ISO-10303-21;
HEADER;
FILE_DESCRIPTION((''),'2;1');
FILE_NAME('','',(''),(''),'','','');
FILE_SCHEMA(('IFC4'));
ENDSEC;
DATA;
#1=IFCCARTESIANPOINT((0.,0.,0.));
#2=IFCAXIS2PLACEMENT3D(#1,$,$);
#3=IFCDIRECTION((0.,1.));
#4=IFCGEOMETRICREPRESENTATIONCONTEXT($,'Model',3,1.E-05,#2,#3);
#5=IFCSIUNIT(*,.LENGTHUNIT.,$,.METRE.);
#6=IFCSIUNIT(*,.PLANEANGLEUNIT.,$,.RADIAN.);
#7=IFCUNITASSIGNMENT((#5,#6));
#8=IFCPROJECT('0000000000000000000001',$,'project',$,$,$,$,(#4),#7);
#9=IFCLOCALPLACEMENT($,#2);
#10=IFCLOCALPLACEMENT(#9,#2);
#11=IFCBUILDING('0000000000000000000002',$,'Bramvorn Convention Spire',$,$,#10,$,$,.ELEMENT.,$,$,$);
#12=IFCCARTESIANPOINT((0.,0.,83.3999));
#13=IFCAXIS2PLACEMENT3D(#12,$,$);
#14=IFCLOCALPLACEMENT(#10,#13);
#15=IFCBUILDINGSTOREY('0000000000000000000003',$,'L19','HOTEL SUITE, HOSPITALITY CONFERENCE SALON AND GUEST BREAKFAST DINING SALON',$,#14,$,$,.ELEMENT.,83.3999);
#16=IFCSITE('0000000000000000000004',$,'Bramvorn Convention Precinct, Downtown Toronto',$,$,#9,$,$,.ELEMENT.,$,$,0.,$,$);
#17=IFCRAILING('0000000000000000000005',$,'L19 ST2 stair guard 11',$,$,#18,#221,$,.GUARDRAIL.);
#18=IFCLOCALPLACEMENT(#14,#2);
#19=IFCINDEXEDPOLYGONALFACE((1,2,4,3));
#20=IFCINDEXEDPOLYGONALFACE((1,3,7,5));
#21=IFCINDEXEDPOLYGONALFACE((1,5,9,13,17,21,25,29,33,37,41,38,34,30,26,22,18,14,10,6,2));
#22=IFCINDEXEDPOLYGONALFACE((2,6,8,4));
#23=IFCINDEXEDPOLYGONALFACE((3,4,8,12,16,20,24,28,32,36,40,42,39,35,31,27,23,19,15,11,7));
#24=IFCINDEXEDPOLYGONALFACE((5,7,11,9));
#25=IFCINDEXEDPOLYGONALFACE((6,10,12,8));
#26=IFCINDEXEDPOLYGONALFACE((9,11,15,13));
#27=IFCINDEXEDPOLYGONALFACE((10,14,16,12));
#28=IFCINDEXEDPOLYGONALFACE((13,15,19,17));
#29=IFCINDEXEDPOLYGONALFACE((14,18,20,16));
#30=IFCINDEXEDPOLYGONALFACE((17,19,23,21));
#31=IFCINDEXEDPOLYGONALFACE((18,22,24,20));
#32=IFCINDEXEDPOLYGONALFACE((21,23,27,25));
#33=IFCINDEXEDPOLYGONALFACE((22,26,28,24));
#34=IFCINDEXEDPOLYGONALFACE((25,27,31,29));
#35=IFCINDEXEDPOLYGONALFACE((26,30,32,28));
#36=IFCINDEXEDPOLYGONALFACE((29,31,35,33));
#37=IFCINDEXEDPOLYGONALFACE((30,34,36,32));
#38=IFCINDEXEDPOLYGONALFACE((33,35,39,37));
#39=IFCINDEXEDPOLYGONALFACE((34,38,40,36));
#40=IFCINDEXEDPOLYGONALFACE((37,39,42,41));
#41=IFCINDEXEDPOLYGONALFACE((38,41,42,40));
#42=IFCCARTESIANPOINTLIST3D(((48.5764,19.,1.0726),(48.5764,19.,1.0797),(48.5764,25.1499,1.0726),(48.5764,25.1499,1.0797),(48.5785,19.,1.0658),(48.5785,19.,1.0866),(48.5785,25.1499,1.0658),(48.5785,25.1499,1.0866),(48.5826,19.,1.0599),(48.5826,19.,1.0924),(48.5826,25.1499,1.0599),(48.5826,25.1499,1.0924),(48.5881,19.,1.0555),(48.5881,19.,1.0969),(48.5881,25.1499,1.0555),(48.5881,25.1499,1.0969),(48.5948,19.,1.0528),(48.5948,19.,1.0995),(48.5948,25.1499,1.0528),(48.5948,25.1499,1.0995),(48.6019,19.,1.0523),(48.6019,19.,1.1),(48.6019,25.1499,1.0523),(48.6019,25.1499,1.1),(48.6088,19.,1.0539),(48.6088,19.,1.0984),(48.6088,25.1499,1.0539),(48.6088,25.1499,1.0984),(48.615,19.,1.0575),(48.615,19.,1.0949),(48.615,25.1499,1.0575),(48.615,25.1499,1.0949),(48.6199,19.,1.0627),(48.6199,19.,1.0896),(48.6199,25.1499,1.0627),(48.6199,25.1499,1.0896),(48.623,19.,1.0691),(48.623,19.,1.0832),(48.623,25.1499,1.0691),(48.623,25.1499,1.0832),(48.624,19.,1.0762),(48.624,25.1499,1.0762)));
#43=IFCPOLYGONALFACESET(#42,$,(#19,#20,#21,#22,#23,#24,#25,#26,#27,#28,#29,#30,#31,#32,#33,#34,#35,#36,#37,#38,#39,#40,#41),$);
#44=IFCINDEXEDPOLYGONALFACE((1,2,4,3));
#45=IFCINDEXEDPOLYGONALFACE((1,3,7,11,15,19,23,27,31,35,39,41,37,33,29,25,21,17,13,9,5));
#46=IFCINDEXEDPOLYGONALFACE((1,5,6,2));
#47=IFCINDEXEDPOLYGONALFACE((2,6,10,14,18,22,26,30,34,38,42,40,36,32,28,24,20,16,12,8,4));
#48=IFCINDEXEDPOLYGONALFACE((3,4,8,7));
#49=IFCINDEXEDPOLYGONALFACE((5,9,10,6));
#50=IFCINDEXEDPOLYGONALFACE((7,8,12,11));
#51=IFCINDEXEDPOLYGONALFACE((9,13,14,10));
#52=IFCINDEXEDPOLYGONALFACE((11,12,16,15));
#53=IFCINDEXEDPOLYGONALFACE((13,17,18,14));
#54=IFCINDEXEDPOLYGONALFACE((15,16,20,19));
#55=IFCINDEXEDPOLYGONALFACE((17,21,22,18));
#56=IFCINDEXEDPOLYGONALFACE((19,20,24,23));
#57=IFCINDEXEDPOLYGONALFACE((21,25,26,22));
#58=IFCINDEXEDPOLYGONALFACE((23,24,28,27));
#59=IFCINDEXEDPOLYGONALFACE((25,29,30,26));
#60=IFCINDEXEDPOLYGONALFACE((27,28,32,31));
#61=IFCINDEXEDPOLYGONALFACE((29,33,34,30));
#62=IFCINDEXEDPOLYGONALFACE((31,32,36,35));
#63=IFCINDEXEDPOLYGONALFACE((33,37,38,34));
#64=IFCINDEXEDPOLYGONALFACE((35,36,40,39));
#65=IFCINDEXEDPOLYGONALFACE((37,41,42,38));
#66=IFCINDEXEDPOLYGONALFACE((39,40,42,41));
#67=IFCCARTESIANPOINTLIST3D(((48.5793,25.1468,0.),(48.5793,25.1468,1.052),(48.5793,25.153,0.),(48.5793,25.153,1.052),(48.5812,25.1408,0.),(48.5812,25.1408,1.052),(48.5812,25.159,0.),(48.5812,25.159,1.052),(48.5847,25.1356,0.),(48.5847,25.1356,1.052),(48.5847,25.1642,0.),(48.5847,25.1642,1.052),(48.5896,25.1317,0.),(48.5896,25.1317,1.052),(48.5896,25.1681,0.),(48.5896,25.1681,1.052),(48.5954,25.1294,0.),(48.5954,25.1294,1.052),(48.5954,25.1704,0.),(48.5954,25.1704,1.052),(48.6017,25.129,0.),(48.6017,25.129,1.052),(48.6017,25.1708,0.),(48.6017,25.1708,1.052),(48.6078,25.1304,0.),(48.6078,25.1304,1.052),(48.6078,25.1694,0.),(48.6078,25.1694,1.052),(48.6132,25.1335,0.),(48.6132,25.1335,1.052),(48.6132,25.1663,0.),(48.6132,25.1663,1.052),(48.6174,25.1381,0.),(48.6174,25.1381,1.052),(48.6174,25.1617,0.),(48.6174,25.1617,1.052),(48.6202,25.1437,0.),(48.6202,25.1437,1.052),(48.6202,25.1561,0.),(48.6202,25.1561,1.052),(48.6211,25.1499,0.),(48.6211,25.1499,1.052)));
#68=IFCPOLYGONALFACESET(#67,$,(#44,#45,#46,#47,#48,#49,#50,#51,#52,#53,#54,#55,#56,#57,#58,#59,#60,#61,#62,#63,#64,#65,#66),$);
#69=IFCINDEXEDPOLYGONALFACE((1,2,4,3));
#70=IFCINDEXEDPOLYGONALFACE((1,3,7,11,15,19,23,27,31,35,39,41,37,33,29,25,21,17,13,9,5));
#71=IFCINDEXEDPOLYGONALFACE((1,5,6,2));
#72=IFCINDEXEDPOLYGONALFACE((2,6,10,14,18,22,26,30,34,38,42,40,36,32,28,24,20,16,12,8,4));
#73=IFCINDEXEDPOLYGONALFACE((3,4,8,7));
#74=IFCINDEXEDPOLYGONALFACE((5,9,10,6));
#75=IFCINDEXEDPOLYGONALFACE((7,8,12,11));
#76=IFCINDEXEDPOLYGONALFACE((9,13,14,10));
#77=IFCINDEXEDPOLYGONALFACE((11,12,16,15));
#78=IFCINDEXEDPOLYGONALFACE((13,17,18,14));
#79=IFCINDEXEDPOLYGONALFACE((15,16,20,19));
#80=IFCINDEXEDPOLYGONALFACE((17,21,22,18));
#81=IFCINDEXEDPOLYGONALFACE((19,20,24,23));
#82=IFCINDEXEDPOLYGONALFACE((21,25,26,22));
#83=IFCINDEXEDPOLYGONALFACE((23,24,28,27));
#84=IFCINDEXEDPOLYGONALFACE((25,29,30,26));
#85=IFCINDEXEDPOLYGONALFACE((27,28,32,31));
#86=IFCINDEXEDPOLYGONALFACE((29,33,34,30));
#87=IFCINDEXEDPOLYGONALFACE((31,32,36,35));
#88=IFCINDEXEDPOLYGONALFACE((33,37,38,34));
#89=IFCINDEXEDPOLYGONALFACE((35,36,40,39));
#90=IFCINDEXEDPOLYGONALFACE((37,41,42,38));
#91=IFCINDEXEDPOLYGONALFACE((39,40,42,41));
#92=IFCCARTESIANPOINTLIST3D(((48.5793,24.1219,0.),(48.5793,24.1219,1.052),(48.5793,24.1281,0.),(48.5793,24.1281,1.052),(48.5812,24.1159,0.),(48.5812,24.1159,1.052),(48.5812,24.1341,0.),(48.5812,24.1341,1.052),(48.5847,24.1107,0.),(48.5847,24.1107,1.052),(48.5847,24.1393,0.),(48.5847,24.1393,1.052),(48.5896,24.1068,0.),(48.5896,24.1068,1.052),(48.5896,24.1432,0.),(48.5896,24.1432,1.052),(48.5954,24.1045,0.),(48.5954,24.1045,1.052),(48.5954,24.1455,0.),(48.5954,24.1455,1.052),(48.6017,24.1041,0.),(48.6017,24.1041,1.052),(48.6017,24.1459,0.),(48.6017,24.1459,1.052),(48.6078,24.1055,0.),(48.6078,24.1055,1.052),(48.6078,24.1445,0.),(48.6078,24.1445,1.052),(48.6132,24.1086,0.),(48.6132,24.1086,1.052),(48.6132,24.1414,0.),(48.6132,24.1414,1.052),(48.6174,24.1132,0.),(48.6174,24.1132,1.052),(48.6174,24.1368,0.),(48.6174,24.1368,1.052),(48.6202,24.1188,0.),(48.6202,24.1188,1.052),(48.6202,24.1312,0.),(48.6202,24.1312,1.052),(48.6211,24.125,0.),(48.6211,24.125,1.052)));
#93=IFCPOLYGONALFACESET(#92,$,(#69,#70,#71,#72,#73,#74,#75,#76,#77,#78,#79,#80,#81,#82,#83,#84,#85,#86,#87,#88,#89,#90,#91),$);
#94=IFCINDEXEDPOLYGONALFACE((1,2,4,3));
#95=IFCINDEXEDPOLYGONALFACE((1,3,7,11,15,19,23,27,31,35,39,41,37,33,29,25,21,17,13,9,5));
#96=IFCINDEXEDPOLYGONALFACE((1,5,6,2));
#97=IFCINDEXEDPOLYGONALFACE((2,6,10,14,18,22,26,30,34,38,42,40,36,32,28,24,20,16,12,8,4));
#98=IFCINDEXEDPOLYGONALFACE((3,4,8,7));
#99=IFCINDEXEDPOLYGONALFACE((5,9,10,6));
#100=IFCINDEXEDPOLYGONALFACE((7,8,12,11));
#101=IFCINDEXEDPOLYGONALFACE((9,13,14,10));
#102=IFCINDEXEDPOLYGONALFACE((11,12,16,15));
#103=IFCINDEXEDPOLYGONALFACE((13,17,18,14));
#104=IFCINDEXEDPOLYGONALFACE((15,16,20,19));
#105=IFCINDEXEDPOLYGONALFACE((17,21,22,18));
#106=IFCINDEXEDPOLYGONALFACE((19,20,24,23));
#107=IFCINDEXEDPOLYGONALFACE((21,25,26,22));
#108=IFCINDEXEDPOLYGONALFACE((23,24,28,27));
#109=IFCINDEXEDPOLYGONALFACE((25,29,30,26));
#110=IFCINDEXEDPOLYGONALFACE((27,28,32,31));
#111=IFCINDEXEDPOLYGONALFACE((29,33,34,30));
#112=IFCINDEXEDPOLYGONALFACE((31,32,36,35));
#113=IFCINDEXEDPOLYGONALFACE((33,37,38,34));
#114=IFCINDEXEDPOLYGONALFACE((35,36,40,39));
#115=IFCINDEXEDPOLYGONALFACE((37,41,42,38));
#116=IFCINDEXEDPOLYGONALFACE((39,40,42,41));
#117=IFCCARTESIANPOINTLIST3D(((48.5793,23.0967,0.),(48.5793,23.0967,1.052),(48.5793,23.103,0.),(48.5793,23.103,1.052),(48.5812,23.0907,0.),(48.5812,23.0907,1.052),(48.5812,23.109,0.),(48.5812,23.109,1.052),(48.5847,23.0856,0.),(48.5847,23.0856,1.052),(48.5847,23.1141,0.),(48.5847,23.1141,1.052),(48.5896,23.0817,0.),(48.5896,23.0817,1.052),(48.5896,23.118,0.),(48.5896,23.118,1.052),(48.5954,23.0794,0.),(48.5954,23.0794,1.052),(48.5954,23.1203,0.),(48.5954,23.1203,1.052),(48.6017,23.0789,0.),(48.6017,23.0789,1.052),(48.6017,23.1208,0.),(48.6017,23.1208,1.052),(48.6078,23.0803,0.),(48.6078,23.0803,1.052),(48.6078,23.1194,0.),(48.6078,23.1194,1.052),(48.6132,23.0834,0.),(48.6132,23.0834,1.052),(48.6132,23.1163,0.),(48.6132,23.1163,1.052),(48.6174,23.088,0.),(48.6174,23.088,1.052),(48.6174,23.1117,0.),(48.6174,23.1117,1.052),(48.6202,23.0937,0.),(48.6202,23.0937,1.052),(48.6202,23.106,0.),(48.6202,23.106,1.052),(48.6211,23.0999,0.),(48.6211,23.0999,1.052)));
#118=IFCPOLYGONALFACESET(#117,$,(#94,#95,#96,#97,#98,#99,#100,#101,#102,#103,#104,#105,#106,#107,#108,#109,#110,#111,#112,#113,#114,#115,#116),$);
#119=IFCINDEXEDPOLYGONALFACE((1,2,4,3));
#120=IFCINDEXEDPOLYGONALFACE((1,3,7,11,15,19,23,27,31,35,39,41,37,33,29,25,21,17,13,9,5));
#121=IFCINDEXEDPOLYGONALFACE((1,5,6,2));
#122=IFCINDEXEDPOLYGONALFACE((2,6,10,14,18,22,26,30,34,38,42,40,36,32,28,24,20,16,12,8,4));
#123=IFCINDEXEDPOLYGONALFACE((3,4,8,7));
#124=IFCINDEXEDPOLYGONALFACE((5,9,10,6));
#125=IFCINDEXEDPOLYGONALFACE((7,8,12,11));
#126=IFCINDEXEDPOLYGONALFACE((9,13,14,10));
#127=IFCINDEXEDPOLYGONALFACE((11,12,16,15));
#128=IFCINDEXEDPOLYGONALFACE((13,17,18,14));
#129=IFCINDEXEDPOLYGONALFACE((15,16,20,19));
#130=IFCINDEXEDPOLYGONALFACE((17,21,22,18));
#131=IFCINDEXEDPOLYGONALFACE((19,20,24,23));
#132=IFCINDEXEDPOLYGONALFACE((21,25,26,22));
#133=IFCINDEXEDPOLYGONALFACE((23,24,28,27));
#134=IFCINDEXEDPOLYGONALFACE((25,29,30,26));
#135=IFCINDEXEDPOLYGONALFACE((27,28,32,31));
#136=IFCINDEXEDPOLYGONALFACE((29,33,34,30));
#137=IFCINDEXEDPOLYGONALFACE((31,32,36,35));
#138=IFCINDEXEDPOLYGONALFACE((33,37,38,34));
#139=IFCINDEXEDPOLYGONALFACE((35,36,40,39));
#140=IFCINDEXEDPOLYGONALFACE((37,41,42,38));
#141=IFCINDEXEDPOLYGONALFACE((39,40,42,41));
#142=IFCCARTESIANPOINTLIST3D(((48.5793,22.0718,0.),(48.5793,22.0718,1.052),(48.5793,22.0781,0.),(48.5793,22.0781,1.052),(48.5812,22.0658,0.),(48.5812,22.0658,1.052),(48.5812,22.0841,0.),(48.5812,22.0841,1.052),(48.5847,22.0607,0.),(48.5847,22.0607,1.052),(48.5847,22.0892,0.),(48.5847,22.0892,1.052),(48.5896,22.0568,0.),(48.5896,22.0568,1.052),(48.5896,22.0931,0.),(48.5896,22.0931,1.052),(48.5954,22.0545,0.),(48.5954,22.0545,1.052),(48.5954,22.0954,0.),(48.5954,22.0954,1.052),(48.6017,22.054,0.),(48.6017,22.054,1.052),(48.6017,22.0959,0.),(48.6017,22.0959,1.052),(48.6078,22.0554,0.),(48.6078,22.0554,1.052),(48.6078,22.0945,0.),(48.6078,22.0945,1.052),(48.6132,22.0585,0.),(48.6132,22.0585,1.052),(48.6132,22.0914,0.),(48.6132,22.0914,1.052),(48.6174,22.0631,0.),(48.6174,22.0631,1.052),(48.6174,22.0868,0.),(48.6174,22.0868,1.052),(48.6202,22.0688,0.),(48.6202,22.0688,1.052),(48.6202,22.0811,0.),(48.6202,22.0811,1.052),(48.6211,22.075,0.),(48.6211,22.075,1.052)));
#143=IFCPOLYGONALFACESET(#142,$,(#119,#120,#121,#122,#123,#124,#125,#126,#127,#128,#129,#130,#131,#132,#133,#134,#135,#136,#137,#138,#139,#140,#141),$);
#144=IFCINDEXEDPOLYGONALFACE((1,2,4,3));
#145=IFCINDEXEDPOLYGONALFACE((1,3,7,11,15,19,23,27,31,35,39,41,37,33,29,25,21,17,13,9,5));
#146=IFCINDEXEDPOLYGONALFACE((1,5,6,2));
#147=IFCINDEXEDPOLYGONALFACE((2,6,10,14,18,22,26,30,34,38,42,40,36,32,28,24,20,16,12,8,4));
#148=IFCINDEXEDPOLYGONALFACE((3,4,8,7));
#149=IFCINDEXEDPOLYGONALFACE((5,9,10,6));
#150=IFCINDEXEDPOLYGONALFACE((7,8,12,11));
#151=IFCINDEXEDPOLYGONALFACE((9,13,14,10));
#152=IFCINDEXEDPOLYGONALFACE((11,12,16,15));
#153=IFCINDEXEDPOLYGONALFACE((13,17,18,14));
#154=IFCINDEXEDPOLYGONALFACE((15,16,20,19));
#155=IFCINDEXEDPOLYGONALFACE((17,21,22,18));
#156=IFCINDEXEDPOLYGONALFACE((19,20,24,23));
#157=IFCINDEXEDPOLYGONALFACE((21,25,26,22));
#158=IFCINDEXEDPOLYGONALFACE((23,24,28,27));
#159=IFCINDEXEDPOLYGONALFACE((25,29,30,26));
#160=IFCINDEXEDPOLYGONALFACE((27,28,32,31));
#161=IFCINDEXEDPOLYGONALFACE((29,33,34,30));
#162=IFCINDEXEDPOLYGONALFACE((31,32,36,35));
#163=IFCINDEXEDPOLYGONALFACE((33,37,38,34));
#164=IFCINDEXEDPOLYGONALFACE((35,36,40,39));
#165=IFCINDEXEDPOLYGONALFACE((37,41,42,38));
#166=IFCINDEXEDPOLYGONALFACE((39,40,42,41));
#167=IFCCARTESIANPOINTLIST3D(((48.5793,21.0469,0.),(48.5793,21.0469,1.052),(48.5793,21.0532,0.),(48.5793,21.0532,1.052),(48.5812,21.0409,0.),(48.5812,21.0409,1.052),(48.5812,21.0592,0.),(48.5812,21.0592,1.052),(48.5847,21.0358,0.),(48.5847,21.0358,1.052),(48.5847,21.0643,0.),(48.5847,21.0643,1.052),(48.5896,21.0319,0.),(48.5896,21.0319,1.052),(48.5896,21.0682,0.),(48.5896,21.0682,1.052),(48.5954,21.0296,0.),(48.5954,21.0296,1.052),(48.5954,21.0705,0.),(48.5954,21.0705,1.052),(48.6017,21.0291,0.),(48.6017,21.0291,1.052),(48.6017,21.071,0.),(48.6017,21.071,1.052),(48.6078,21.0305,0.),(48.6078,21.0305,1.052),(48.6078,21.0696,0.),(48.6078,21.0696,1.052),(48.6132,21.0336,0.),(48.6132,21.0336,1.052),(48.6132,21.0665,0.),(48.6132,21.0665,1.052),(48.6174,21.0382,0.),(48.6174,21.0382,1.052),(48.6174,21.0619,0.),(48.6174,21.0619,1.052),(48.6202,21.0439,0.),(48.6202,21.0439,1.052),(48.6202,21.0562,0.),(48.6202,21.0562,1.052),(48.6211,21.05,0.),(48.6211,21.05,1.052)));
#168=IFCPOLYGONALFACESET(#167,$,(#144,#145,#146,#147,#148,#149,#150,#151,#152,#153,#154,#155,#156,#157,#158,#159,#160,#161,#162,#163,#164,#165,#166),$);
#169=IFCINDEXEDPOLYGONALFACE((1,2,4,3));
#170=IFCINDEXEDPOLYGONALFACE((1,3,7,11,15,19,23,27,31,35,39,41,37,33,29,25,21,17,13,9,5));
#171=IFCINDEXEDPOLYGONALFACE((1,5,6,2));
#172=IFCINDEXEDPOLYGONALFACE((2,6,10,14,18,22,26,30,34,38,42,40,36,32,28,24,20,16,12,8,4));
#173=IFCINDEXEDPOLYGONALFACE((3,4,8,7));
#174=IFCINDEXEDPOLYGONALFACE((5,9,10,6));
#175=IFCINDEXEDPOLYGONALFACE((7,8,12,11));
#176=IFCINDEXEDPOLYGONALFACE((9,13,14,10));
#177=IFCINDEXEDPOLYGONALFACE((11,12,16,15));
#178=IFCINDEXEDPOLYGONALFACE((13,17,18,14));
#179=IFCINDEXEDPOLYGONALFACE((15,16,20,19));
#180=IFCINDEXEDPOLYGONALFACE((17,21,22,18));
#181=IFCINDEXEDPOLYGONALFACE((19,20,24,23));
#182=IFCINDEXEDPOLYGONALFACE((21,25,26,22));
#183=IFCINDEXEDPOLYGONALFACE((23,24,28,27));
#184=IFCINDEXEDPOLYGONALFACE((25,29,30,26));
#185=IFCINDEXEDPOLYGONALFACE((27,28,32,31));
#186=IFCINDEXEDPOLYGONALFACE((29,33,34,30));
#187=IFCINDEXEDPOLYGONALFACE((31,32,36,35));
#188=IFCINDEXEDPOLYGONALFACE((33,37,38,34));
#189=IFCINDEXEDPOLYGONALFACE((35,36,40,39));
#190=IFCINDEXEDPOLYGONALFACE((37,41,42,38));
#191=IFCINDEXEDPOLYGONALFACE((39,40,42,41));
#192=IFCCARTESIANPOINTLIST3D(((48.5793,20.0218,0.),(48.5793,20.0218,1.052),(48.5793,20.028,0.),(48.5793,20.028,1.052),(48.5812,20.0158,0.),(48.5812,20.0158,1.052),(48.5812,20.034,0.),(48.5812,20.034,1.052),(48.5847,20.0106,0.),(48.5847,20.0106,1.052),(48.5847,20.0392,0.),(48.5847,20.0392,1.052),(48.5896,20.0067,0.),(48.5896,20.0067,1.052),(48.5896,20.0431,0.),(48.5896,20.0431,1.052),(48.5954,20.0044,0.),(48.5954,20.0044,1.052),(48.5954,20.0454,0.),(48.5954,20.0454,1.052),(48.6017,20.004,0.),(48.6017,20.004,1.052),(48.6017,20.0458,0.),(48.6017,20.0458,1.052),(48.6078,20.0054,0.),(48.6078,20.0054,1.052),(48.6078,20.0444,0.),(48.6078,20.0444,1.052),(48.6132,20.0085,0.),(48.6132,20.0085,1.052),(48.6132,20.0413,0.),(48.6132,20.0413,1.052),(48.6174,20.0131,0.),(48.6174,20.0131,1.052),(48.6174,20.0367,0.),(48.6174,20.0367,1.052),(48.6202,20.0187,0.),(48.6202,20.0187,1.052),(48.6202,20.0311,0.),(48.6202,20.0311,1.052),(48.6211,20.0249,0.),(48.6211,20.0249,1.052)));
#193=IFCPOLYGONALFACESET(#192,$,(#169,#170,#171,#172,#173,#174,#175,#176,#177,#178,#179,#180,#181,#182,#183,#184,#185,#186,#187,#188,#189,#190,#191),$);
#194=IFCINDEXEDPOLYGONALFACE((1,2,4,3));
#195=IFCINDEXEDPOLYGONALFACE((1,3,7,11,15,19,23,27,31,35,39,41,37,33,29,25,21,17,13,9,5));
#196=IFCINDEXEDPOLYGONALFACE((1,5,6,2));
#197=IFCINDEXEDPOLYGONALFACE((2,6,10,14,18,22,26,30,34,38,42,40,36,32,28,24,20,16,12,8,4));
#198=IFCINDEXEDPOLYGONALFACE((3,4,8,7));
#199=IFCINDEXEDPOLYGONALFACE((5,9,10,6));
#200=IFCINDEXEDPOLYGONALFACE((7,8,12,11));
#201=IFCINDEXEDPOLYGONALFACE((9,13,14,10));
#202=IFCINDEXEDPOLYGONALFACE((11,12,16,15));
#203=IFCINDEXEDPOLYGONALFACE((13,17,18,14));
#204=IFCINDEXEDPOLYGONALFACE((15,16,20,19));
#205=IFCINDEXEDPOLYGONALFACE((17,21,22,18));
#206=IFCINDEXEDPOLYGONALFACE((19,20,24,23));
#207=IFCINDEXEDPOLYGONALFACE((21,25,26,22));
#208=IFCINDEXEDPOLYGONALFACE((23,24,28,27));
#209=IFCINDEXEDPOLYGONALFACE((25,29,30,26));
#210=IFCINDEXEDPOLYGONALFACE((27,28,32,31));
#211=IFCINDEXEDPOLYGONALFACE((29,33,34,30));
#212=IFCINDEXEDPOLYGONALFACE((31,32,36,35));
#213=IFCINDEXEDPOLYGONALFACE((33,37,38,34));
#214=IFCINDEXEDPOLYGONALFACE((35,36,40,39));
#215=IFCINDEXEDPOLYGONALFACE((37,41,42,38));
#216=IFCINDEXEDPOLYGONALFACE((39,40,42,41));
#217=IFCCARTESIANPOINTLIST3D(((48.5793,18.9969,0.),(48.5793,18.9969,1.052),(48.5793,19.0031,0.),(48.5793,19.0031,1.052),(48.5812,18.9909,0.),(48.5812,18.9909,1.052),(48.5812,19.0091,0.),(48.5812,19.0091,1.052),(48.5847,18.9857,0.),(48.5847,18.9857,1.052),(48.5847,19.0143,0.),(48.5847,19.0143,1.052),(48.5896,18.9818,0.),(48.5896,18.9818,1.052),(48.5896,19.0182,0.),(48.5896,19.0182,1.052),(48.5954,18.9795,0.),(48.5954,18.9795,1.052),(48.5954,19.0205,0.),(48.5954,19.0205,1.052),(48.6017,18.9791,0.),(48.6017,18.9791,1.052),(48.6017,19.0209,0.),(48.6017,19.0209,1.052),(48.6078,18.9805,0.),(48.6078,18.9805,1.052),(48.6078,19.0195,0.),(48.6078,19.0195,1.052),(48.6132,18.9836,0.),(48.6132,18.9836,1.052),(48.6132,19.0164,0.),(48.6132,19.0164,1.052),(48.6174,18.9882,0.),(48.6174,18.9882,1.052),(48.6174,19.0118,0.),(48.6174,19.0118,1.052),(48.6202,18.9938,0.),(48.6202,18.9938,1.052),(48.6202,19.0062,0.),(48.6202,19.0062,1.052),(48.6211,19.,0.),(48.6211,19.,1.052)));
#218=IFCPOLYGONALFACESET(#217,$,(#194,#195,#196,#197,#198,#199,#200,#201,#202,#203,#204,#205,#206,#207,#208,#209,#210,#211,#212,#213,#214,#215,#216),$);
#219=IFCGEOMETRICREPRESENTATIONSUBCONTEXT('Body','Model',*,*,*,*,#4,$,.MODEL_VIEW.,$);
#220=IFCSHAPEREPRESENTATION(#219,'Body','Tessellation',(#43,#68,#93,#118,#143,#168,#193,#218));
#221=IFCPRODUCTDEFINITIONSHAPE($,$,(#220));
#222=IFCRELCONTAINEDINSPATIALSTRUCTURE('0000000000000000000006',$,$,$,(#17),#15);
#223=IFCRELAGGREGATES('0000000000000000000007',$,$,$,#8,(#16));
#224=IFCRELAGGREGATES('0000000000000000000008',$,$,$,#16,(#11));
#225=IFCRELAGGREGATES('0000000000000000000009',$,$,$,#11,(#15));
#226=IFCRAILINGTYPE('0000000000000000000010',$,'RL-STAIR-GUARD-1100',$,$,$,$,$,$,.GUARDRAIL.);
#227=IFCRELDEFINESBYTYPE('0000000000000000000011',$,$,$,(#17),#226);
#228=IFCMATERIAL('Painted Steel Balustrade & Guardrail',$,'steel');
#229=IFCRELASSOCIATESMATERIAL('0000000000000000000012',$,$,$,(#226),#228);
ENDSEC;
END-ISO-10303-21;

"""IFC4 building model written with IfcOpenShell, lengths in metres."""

from ifc_helpers import new_model, si_unit, direction, frame, origin, origin_2d, place, context, subcontext, project, spatial, circle, extrude, material, type_object, element, save


model = new_model("IFC4")

# Units and contexts
model_context = context("Model", 3, precision=1e-05, world=origin(), true_north=direction((0.0, 1.0)))
body_context = subcontext(model_context, "Body", "Model", "MODEL_VIEW")
ifc_project = project(units=[si_unit("LENGTHUNIT", "METRE"), si_unit("PLANEANGLEUNIT", "RADIAN")], contexts=[model_context])

# Site, building, storey
site_placement = place(None, origin())
site = spatial("IfcSite", under=ifc_project, at=site_placement, Name="Bramvorn Convention Precinct, Downtown Toronto", CompositionType="ELEMENT", RefElevation=0.0)
building_placement = place(site_placement, origin())
building = spatial("IfcBuilding", under=site, at=building_placement, Name="Bramvorn Convention Spire", CompositionType="ELEMENT")
storey_placement = place(building_placement, frame((0.0, 0.0, 83.3999)))
storey = spatial("IfcBuildingStorey", under=building, at=storey_placement, Name="L19", Description="HOTEL SUITE, HOSPITALITY CONFERENCE SALON AND GUEST BREAKFAST DINING SALON", CompositionType="ELEMENT", Elevation=83.3999)

# Railing
ifc_material_1 = material(Name="Painted Steel Balustrade & Guardrail", Category="steel")
railing_type = type_object("IfcRailingType", Name="RL-STAIR-GUARD-1100", PredefinedType="GUARDRAIL", material=ifc_material_1)
railing_1_placement = place(storey_placement, frame((48.6001, 25.1499, 0.0)))
element("IfcRailing", 1, at=railing_1_placement, inside=storey, type_object=railing_type, Name="L19 ST2 stair guard 11", PredefinedType="GUARDRAIL", context=body_context, shape_type="SweptSolid", body=[
    extrude(circle(Radius=0.0239, at=origin_2d()), frame((0.0, 0.0, 1.0762), z_axis=(0.0, -1.0, 0.0), x_axis=(1.0, 0.0, 0.0)), (0.0, 0.0, 1.0), 6.1499),
    extrude(circle(Radius=0.021, at=origin_2d()), origin(), (0.0, 0.0, 1.0), 1.052),
    extrude(circle(Radius=0.021, at=origin_2d()), frame((0.0, -1.0249, 0.0)), (0.0, 0.0, 1.0), 1.052),
    extrude(circle(Radius=0.021, at=origin_2d()), frame((0.0, -2.05, 0.0)), (0.0, 0.0, 1.0), 1.052),
    extrude(circle(Radius=0.021, at=origin_2d()), frame((0.0, -3.075, 0.0)), (0.0, 0.0, 1.0), 1.052),
    extrude(circle(Radius=0.021, at=origin_2d()), frame((0.0, -4.0999, 0.0)), (0.0, 0.0, 1.0), 1.052),
    extrude(circle(Radius=0.021, at=origin_2d()), frame((0.0, -5.125, 0.0)), (0.0, 0.0, 1.0), 1.052),
    extrude(circle(Radius=0.021, at=origin_2d()), frame((0.0, -6.1499, 0.0)), (0.0, 0.0, 1.0), 1.052),
])

save(model, "model.ifc")
